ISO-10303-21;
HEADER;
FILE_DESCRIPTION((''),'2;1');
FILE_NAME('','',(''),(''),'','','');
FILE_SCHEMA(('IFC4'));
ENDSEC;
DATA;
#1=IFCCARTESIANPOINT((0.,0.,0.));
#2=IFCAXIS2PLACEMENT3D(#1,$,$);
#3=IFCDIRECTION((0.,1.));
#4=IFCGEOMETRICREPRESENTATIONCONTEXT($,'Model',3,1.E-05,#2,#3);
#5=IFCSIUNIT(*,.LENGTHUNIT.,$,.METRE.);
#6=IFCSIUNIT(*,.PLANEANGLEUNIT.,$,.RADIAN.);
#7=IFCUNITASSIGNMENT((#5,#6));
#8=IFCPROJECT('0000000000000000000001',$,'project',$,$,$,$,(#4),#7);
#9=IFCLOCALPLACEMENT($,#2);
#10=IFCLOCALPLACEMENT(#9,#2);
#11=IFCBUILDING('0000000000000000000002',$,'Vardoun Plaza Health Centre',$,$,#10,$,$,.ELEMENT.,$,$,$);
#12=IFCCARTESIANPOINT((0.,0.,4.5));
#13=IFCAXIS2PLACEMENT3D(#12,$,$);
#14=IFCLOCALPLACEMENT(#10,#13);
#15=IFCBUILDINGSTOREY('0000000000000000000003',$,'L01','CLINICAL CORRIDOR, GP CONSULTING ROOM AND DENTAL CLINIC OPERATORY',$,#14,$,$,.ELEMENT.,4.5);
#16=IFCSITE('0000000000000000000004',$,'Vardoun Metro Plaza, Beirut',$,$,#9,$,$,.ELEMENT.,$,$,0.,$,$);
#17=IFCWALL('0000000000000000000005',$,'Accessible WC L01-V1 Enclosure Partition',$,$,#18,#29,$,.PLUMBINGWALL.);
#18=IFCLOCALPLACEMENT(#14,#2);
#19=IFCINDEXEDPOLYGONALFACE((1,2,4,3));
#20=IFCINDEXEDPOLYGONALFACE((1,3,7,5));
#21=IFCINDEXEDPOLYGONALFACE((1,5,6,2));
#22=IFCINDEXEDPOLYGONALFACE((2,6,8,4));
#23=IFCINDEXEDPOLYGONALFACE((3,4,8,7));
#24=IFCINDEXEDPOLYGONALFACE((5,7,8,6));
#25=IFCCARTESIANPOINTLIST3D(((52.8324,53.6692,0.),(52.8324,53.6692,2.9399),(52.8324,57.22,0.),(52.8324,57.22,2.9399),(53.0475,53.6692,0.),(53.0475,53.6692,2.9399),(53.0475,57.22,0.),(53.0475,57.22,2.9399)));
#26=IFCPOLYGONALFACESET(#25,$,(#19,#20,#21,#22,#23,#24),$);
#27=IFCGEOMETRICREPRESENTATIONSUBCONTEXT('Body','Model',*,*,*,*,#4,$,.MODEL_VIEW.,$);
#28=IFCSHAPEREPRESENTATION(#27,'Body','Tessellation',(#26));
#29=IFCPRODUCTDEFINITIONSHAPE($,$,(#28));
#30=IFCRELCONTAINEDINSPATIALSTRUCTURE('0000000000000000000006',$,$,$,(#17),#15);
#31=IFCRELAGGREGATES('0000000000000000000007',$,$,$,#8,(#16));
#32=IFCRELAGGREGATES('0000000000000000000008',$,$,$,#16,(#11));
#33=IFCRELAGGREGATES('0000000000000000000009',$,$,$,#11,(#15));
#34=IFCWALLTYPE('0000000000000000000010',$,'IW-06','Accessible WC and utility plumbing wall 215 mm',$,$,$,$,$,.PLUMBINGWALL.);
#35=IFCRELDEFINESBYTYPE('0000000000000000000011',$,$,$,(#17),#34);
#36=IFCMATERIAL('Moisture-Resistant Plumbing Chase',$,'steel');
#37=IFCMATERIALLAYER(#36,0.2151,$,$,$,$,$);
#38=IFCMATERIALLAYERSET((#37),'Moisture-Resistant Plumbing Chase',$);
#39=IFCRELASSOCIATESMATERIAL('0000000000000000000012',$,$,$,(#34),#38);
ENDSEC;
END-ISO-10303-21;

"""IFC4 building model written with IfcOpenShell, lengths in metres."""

from ifc_helpers import new_model, si_unit, direction, frame, frame_2d, origin, place, context, subcontext, project, spatial, rectangle, extrude, material, layer, layer_set, type_object, element, save


model = new_model("IFC4")

# Units and contexts
model_context = context("Model", 3, precision=1e-05, world=origin(), true_north=direction((0.0, 1.0)))
body_context = subcontext(model_context, "Body", "Model", "MODEL_VIEW")
ifc_project = project(units=[si_unit("LENGTHUNIT", "METRE"), si_unit("PLANEANGLEUNIT", "RADIAN")], contexts=[model_context])

# Site, building, storey
site_placement = place(None, origin())
site = spatial("IfcSite", under=ifc_project, at=site_placement, Name="Vardoun Metro Plaza, Beirut", CompositionType="ELEMENT", RefElevation=0.0)
building_placement = place(site_placement, origin())
building = spatial("IfcBuilding", under=site, at=building_placement, Name="Vardoun Plaza Health Centre", CompositionType="ELEMENT")
storey_placement = place(building_placement, frame((0.0, 0.0, 4.5)))
storey = spatial("IfcBuildingStorey", under=building, at=storey_placement, Name="L01", Description="CLINICAL CORRIDOR, GP CONSULTING ROOM AND DENTAL CLINIC OPERATORY", CompositionType="ELEMENT", Elevation=4.5)

# Shared definitions
ifc_material_1 = material(Name="Moisture-Resistant Plumbing Chase", Category="steel")
ifc_layer_1 = layer(ifc_material_1, 0.2151)
ifc_layer_set_1 = layer_set([ifc_layer_1], Name="Moisture-Resistant Plumbing Chase")
wall_type_1 = type_object("IfcWallType", Name="IW-06", Description="Accessible WC and utility plumbing wall 215 mm", PredefinedType="PLUMBINGWALL", material=ifc_layer_set_1)

# Wall
wall_1_placement = place(storey_placement, frame((52.9399, 53.6692, 0.0), z_axis=(0.0, 0.0, 1.0), x_axis=(0.0, 1.0, 0.0)))
element("IfcWall", 1, at=wall_1_placement, inside=storey, type_object=wall_type_1, Name="Accessible WC L01-V1 Enclosure Partition", PredefinedType="PLUMBINGWALL", context=body_context, shape_type="SweptSolid", body=[
    extrude(rectangle(XDim=3.5508, YDim=0.2151, at=frame_2d((1.7754, 0.0))), origin(), (0.0, 0.0, 1.0), 2.9399),
])

save(model, "model.ifc")
